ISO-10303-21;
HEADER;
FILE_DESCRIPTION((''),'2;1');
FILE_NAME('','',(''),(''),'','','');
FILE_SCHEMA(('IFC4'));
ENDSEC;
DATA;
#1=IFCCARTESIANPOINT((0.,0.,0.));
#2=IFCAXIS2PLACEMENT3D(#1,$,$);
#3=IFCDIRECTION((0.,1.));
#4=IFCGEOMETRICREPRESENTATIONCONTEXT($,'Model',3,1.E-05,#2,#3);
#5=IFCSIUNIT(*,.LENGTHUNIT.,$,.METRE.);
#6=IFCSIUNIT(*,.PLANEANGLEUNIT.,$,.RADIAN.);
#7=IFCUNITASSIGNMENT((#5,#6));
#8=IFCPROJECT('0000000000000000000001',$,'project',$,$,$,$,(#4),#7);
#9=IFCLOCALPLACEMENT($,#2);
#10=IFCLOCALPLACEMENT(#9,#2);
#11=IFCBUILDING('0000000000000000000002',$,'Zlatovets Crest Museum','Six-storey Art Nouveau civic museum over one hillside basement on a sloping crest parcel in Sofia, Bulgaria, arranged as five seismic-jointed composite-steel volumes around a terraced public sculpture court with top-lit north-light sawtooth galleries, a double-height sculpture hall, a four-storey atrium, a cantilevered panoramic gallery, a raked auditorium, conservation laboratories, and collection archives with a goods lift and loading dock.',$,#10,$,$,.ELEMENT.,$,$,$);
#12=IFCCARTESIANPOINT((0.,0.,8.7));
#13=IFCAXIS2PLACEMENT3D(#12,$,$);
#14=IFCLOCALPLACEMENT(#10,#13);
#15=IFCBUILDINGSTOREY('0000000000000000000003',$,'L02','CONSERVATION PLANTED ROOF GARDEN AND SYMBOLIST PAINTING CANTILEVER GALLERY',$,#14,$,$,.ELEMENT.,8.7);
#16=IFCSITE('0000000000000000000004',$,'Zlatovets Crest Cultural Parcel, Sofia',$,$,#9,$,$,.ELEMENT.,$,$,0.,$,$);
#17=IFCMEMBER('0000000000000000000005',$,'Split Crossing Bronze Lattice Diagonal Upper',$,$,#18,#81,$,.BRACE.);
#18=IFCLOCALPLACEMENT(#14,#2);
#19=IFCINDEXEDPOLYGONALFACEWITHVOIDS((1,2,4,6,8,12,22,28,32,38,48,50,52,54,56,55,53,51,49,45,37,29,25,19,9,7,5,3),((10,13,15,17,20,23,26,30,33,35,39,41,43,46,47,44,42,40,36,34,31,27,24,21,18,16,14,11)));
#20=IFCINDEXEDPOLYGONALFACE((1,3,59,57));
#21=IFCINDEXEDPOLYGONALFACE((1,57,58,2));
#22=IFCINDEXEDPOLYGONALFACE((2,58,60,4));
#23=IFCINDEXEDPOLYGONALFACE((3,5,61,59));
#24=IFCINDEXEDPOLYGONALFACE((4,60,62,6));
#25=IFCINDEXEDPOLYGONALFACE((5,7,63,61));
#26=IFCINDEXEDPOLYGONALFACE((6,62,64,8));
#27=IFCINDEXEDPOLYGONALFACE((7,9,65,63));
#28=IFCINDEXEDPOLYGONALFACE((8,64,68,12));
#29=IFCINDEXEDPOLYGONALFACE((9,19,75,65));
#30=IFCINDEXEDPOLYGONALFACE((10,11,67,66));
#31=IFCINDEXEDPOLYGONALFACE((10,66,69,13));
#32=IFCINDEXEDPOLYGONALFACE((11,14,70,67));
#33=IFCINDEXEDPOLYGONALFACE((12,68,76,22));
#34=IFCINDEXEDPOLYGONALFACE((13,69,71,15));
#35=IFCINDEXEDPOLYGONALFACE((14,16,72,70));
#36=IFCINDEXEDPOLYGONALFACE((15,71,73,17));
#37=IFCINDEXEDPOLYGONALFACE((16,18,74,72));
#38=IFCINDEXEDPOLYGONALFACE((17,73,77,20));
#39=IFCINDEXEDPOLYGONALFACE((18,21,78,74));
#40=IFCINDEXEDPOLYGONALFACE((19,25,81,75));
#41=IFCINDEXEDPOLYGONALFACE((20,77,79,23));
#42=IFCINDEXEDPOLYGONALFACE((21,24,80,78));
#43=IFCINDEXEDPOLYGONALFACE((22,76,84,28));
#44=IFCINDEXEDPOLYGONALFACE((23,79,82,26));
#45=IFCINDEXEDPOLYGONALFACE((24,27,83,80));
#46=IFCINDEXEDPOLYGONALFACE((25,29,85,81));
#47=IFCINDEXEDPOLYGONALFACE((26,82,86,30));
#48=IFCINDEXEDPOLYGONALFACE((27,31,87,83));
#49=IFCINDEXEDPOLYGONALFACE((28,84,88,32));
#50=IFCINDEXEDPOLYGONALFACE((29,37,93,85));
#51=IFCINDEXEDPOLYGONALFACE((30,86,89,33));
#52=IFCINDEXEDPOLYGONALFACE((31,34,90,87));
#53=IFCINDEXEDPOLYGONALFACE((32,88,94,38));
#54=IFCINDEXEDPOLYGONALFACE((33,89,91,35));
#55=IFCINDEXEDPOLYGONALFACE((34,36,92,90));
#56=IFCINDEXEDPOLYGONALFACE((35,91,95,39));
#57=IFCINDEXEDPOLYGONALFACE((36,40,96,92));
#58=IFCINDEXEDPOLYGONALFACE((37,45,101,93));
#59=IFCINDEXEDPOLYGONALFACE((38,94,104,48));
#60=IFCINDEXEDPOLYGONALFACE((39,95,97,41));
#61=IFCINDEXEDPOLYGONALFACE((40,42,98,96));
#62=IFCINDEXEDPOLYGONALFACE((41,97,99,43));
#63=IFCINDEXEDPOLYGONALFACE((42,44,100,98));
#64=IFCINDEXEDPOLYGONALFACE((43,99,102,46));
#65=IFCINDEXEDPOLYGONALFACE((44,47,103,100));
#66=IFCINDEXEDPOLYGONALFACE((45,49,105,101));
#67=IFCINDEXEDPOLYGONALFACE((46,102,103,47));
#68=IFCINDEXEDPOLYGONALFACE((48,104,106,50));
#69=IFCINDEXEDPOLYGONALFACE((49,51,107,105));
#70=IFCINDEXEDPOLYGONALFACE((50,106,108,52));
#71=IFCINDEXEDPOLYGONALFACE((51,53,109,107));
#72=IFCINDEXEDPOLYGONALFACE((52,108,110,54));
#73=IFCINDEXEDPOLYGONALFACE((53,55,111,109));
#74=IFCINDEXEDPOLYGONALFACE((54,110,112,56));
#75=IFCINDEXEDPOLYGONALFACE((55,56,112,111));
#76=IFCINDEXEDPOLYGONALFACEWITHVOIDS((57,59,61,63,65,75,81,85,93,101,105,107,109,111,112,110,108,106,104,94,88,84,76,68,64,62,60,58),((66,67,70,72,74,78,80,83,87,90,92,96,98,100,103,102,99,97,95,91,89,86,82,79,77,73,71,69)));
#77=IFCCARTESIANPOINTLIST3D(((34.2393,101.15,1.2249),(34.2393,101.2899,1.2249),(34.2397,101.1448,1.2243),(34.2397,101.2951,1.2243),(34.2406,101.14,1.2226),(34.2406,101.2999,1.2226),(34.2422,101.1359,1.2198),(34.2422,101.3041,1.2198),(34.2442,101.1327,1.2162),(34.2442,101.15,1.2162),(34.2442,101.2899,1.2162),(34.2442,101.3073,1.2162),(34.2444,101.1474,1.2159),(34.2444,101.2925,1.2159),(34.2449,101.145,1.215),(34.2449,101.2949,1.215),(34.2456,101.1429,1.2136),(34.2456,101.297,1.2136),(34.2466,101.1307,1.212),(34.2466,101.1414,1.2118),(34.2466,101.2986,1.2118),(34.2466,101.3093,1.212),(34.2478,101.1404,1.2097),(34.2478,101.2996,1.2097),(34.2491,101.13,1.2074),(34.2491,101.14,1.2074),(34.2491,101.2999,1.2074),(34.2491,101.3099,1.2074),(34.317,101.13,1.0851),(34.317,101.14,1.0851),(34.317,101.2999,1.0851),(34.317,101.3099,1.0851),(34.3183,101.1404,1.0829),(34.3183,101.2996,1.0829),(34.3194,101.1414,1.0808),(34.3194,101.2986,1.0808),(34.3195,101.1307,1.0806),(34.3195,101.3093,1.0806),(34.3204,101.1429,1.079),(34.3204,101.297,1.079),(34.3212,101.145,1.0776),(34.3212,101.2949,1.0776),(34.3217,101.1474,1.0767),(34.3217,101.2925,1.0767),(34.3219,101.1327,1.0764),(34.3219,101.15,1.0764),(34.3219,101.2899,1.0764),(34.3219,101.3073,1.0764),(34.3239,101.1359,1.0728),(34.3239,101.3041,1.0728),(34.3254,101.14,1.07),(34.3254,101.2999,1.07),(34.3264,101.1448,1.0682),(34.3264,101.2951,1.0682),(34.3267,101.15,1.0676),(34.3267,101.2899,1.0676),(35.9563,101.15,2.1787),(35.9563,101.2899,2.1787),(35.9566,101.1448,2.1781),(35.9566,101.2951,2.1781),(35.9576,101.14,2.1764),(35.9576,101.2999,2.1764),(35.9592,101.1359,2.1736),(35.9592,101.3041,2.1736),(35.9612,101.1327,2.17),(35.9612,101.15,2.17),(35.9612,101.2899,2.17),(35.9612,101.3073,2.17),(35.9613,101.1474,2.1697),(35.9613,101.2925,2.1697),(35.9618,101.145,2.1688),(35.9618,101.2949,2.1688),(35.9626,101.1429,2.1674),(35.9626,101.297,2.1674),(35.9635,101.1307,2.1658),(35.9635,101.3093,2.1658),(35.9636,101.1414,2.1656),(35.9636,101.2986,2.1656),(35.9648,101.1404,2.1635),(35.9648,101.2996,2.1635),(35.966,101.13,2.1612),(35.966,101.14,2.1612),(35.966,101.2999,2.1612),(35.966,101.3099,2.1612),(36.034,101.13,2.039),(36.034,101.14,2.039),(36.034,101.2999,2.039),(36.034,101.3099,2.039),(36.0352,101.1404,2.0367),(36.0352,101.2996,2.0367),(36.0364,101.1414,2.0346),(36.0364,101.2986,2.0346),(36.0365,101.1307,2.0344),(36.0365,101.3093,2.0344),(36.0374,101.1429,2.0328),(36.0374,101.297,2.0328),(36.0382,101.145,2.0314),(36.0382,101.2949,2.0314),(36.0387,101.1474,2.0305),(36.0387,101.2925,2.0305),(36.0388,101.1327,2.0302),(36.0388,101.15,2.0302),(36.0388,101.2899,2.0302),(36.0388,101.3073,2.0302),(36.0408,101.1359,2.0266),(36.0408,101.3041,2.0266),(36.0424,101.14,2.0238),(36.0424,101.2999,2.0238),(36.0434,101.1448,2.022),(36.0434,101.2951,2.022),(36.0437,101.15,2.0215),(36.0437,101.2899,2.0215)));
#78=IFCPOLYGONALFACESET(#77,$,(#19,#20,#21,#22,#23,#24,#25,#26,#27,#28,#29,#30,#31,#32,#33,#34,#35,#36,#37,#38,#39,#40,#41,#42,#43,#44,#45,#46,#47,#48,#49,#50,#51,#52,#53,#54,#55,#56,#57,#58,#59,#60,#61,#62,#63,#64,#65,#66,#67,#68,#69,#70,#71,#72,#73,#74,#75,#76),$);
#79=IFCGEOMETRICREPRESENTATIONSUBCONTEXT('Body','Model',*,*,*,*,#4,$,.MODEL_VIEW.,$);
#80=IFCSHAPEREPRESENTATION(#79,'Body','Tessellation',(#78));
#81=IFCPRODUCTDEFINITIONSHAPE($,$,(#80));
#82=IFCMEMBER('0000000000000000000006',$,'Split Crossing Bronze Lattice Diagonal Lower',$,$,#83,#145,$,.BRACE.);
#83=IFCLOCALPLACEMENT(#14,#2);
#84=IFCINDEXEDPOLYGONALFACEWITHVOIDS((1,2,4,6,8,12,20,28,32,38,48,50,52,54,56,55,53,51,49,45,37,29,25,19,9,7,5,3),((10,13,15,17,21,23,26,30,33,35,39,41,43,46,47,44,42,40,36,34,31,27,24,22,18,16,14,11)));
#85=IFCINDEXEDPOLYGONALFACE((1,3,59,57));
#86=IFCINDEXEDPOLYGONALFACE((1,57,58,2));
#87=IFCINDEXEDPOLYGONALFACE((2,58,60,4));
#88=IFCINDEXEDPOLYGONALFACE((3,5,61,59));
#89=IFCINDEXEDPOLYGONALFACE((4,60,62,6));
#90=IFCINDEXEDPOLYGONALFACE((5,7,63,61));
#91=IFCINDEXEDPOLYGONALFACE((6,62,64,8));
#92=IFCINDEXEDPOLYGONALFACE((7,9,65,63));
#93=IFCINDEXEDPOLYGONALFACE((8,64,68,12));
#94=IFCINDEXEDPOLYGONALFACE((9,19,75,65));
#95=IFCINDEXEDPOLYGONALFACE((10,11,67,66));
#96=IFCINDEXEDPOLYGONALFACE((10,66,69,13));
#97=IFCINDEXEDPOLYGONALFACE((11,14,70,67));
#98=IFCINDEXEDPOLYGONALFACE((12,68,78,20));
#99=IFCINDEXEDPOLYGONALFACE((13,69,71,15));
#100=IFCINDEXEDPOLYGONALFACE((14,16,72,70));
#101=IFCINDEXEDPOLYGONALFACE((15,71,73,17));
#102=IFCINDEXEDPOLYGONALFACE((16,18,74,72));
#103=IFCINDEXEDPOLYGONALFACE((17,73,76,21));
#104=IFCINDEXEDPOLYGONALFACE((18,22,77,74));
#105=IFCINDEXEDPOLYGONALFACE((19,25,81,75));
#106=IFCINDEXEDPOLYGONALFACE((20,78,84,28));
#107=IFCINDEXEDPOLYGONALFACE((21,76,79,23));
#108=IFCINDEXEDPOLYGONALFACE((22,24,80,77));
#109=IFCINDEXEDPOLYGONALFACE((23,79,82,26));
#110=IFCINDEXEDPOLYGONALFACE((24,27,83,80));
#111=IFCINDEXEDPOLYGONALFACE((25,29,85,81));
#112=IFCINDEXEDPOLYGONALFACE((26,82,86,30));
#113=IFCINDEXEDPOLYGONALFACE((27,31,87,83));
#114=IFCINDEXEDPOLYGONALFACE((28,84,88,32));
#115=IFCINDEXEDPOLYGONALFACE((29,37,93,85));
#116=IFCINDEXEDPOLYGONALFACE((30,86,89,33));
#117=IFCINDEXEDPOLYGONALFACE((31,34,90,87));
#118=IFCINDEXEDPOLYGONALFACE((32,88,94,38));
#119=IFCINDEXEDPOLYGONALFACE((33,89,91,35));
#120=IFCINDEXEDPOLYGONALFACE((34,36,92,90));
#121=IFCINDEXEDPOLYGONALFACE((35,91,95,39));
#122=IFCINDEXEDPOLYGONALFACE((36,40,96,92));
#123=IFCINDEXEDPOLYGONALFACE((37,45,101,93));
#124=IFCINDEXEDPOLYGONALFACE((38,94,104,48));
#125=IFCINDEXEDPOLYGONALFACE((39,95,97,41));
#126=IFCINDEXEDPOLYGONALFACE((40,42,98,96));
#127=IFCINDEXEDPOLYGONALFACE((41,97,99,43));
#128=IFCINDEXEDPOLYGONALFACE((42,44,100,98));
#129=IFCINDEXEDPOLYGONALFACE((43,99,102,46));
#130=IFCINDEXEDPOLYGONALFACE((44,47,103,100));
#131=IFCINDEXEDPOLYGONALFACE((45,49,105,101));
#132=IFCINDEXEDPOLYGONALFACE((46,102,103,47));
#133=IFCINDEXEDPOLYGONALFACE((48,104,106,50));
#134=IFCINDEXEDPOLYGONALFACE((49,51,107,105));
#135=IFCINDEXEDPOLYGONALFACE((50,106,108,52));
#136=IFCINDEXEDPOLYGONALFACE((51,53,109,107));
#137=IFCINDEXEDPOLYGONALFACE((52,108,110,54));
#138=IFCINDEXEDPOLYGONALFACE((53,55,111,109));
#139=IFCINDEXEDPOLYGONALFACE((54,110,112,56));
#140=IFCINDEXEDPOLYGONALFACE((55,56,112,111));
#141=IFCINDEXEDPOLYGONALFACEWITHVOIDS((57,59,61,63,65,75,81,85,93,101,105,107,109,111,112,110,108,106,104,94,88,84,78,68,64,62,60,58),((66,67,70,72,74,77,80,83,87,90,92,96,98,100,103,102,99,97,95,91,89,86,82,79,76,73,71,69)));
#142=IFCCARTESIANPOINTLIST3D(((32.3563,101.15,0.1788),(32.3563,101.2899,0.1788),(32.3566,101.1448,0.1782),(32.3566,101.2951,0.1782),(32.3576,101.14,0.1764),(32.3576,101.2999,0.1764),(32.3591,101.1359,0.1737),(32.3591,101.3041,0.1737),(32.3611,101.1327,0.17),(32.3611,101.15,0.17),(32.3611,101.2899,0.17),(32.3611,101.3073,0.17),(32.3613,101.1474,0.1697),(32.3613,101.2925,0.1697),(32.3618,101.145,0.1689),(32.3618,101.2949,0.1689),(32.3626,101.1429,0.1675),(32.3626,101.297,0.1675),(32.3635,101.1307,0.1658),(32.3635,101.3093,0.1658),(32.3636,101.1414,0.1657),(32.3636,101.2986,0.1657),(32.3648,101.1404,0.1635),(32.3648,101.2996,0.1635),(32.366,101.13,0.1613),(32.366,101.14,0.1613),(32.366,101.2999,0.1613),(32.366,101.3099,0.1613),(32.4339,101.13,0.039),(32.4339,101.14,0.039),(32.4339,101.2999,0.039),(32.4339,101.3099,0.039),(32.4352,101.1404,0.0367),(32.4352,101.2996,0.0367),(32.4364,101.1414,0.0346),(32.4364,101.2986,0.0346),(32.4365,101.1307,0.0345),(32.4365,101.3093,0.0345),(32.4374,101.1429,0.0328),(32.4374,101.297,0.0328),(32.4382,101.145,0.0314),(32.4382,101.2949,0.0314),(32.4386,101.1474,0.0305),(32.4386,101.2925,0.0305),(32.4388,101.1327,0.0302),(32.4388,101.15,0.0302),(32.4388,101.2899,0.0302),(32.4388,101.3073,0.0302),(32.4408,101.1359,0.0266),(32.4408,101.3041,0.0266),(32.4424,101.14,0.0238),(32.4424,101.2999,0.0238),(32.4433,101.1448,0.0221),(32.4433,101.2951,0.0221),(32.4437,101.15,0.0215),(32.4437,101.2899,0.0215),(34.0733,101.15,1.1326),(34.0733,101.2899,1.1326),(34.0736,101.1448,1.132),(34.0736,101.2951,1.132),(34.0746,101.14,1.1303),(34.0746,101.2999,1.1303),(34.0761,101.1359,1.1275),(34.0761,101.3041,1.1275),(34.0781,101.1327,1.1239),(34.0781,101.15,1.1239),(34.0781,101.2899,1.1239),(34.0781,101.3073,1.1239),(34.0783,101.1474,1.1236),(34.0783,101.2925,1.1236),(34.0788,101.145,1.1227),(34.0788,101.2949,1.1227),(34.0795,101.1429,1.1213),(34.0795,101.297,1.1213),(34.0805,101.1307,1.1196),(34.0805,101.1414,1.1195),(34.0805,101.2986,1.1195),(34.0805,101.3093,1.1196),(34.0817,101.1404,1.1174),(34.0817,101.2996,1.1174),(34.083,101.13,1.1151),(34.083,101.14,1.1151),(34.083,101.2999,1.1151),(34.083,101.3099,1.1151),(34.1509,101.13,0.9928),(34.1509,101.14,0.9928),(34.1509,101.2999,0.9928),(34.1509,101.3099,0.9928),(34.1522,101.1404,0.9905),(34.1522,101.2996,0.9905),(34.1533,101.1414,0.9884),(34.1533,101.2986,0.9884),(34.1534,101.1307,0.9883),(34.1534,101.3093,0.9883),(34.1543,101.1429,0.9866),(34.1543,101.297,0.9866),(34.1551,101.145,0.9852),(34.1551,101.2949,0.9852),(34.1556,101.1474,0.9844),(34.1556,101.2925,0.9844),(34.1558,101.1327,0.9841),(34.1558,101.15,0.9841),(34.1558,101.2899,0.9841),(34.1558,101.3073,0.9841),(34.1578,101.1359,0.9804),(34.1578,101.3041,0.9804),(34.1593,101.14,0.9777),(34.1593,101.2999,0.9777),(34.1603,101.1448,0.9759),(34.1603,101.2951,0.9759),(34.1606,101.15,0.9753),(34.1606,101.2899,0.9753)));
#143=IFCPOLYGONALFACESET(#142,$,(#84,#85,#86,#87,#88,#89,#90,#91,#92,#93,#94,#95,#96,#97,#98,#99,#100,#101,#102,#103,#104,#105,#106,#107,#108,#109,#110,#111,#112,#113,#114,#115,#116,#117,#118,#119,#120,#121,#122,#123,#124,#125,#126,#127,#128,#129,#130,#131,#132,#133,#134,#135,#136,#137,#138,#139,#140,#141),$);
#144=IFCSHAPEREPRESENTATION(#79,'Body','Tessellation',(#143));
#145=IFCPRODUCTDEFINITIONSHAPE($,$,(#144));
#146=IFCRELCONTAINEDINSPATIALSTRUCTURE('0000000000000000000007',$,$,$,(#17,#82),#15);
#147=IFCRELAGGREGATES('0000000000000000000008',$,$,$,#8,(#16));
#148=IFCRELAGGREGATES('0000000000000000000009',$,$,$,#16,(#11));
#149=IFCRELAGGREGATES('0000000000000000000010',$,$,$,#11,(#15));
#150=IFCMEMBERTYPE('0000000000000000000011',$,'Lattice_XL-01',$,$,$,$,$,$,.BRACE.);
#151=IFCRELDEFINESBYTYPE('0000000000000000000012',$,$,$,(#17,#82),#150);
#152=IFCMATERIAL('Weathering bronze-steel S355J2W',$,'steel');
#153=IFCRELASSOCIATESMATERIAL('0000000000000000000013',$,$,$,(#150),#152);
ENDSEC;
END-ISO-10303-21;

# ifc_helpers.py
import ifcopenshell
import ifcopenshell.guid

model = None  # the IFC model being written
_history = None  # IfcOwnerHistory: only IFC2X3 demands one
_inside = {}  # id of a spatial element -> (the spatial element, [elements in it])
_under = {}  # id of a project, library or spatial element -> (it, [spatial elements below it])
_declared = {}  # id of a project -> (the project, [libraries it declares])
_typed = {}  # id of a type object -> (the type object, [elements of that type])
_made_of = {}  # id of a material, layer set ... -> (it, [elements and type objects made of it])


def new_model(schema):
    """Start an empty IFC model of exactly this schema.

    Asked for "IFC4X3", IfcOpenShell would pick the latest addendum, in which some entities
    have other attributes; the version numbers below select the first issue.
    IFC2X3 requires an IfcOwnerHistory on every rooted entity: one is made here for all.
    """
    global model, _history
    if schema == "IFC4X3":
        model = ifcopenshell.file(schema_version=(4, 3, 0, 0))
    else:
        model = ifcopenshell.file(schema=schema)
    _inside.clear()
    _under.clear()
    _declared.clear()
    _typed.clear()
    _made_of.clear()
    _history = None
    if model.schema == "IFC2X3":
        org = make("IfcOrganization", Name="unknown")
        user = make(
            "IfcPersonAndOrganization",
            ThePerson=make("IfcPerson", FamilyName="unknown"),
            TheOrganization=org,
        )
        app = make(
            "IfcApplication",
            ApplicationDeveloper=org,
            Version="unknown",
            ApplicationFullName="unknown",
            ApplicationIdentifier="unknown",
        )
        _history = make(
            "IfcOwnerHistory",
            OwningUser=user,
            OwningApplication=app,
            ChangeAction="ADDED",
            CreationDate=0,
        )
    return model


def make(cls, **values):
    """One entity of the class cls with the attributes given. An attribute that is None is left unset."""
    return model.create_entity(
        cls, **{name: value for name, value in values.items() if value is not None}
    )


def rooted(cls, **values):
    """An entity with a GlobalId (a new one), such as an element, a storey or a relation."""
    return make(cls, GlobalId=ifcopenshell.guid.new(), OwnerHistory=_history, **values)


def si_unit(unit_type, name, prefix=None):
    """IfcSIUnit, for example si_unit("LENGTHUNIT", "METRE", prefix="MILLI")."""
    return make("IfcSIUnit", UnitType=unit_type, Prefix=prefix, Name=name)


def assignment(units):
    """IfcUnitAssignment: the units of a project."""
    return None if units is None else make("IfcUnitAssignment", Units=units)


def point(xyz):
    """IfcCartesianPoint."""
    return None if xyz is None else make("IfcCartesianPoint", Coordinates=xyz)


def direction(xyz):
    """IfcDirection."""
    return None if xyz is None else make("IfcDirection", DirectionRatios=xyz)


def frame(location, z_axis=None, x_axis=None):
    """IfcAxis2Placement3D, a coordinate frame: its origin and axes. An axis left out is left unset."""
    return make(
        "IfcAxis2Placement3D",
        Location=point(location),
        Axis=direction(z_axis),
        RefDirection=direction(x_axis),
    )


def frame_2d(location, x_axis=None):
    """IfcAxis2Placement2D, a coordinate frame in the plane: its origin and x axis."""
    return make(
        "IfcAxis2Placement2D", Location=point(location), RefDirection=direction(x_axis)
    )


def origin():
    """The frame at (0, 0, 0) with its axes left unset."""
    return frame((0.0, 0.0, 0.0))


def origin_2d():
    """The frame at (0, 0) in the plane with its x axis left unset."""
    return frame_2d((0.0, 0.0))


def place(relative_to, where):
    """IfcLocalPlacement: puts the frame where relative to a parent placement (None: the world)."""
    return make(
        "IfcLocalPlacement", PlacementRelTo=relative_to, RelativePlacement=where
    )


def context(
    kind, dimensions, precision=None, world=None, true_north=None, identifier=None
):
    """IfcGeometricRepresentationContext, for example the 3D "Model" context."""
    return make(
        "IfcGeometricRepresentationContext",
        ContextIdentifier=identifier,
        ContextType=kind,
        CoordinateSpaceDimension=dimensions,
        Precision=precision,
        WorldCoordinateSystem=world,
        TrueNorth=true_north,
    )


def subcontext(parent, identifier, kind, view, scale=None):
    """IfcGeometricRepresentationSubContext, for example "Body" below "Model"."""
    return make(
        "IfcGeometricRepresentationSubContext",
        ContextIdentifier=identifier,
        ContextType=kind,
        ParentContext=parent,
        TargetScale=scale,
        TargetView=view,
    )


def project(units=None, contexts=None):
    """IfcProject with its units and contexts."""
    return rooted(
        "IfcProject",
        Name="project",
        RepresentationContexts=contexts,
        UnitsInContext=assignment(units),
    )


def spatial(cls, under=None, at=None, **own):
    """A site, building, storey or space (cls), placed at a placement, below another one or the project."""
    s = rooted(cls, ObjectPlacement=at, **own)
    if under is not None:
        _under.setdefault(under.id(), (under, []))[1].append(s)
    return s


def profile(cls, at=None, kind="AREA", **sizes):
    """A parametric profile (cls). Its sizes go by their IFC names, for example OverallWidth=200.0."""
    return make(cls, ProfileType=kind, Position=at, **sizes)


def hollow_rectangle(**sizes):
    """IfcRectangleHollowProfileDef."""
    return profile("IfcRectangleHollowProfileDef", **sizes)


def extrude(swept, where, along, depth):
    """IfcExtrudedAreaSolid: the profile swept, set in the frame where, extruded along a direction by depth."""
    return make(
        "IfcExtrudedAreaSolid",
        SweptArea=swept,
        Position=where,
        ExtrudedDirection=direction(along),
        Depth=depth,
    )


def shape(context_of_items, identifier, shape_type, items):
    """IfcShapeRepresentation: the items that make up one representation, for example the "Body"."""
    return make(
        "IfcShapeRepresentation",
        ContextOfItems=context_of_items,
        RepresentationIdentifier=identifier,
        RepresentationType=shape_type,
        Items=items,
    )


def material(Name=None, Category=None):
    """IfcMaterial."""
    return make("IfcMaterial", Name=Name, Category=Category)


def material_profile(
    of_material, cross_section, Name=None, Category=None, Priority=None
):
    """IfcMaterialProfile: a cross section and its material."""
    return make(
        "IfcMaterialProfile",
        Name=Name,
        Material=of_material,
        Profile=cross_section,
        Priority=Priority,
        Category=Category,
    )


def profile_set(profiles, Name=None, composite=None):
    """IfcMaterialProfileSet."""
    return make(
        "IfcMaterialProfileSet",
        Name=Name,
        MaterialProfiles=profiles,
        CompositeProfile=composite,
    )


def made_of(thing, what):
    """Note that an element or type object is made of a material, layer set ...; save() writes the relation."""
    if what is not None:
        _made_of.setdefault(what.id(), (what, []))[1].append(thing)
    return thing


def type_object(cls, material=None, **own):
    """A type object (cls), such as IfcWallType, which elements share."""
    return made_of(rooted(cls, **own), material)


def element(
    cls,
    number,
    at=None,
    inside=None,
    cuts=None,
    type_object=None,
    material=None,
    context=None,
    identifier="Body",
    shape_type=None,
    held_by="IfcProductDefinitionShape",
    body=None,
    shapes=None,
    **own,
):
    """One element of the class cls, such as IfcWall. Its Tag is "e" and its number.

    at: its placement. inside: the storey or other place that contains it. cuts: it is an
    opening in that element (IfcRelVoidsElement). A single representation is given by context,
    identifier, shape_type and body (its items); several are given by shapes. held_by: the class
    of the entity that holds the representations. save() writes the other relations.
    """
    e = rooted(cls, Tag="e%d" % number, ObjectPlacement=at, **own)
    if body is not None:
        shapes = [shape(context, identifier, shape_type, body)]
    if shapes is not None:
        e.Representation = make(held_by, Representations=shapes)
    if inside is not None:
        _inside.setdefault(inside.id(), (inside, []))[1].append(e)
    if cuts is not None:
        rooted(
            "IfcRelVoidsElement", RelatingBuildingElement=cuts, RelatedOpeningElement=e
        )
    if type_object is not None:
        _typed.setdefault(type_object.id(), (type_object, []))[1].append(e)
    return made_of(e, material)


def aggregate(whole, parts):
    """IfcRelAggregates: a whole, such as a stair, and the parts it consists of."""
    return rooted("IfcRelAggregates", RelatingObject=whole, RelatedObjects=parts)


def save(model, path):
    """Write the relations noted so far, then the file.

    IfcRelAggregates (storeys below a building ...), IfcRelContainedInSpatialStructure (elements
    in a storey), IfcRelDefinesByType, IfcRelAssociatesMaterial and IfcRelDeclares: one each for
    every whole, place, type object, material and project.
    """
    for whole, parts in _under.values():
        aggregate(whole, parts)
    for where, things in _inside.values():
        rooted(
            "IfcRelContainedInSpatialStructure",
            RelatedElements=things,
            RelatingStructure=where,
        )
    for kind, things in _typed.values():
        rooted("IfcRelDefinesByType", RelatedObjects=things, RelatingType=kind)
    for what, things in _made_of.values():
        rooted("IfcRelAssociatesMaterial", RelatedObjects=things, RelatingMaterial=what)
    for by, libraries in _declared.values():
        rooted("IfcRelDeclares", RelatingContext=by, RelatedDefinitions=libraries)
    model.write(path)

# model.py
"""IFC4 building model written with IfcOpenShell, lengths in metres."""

from ifc_helpers import new_model, si_unit, direction, frame, origin, origin_2d, place, context, subcontext, project, spatial, hollow_rectangle, extrude, material, material_profile, profile_set, type_object, element, save


model = new_model("IFC4")

# Units and contexts
model_context = context("Model", 3, precision=1e-05, world=origin(), true_north=direction((0.0, 1.0)))
body_context = subcontext(model_context, "Body", "Model", "MODEL_VIEW")
ifc_project = project(units=[si_unit("LENGTHUNIT", "METRE"), si_unit("PLANEANGLEUNIT", "RADIAN")], contexts=[model_context])

# Site, building, storey
site_placement = place(None, origin())
site = spatial("IfcSite", under=ifc_project, at=site_placement, Name="Zlatovets Crest Cultural Parcel, Sofia", CompositionType="ELEMENT", RefElevation=0.0)
building_placement = place(site_placement, origin())
building = spatial("IfcBuilding", under=site, at=building_placement, Name="Zlatovets Crest Museum", Description="Six-storey Art Nouveau civic museum over one hillside basement on a sloping crest parcel in Sofia, Bulgaria, arranged as five seismic-jointed composite-steel volumes around a terraced public sculpture court with top-lit north-light sawtooth galleries, a double-height sculpture hall, a four-storey atrium, a cantilevered panoramic gallery, a raked auditorium, conservation laboratories, and collection archives with a goods lift and loading dock.", CompositionType="ELEMENT")
storey_placement = place(building_placement, frame((0.0, 0.0, 8.7)))
storey = spatial("IfcBuildingStorey", under=building, at=storey_placement, Name="L02", Description="CONSERVATION PLANTED ROOF GARDEN AND SYMBOLIST PAINTING CANTILEVER GALLERY", CompositionType="ELEMENT", Elevation=8.7)

# Members
ifc_material_1 = material(Name="Weathering bronze-steel S355J2W", Category="steel")
ifc_material_profile_1 = material_profile(ifc_material_1, hollow_rectangle(XDim=0.1799, YDim=0.1799, WallThickness=0.01, InnerFilletRadius=0.01, OuterFilletRadius=0.02, at=origin_2d()), Name="SHS 180x180x10.0")
ifc_profile_set_1 = profile_set([ifc_material_profile_1], Name="Weathering bronze-steel S355J2W")
member_type_1 = type_object("IfcMemberType", Name="Lattice_XL-01", PredefinedType="BRACE", material=ifc_profile_set_1)
for number, where, z_axis, x_axis, name in (
    (1, (36.0, 101.22, 2.1001), (-0.874169, 0.0, -0.485622), (0.0, -1.0, 0.0), "Split Crossing Bronze Lattice Diagonal Upper"),
    (2, (34.1169, 101.22, 1.054), (-0.874169, 0.0, -0.485622), (0.0, -1.0, 0.0), "Split Crossing Bronze Lattice Diagonal Lower"),
):
    element("IfcMember", number, at=place(storey_placement, frame(where, z_axis=z_axis, x_axis=x_axis)), inside=storey, type_object=member_type_1, Name=name, PredefinedType="BRACE", context=body_context, shape_type="SweptSolid", body=[
        extrude(hollow_rectangle(XDim=0.1799, YDim=0.1799, WallThickness=0.01, InnerFilletRadius=0.01, OuterFilletRadius=0.02, at=origin_2d()), origin(), (0.0, 0.0, 1.0), 1.9641),
    ])

save(model, "model.ifc")
